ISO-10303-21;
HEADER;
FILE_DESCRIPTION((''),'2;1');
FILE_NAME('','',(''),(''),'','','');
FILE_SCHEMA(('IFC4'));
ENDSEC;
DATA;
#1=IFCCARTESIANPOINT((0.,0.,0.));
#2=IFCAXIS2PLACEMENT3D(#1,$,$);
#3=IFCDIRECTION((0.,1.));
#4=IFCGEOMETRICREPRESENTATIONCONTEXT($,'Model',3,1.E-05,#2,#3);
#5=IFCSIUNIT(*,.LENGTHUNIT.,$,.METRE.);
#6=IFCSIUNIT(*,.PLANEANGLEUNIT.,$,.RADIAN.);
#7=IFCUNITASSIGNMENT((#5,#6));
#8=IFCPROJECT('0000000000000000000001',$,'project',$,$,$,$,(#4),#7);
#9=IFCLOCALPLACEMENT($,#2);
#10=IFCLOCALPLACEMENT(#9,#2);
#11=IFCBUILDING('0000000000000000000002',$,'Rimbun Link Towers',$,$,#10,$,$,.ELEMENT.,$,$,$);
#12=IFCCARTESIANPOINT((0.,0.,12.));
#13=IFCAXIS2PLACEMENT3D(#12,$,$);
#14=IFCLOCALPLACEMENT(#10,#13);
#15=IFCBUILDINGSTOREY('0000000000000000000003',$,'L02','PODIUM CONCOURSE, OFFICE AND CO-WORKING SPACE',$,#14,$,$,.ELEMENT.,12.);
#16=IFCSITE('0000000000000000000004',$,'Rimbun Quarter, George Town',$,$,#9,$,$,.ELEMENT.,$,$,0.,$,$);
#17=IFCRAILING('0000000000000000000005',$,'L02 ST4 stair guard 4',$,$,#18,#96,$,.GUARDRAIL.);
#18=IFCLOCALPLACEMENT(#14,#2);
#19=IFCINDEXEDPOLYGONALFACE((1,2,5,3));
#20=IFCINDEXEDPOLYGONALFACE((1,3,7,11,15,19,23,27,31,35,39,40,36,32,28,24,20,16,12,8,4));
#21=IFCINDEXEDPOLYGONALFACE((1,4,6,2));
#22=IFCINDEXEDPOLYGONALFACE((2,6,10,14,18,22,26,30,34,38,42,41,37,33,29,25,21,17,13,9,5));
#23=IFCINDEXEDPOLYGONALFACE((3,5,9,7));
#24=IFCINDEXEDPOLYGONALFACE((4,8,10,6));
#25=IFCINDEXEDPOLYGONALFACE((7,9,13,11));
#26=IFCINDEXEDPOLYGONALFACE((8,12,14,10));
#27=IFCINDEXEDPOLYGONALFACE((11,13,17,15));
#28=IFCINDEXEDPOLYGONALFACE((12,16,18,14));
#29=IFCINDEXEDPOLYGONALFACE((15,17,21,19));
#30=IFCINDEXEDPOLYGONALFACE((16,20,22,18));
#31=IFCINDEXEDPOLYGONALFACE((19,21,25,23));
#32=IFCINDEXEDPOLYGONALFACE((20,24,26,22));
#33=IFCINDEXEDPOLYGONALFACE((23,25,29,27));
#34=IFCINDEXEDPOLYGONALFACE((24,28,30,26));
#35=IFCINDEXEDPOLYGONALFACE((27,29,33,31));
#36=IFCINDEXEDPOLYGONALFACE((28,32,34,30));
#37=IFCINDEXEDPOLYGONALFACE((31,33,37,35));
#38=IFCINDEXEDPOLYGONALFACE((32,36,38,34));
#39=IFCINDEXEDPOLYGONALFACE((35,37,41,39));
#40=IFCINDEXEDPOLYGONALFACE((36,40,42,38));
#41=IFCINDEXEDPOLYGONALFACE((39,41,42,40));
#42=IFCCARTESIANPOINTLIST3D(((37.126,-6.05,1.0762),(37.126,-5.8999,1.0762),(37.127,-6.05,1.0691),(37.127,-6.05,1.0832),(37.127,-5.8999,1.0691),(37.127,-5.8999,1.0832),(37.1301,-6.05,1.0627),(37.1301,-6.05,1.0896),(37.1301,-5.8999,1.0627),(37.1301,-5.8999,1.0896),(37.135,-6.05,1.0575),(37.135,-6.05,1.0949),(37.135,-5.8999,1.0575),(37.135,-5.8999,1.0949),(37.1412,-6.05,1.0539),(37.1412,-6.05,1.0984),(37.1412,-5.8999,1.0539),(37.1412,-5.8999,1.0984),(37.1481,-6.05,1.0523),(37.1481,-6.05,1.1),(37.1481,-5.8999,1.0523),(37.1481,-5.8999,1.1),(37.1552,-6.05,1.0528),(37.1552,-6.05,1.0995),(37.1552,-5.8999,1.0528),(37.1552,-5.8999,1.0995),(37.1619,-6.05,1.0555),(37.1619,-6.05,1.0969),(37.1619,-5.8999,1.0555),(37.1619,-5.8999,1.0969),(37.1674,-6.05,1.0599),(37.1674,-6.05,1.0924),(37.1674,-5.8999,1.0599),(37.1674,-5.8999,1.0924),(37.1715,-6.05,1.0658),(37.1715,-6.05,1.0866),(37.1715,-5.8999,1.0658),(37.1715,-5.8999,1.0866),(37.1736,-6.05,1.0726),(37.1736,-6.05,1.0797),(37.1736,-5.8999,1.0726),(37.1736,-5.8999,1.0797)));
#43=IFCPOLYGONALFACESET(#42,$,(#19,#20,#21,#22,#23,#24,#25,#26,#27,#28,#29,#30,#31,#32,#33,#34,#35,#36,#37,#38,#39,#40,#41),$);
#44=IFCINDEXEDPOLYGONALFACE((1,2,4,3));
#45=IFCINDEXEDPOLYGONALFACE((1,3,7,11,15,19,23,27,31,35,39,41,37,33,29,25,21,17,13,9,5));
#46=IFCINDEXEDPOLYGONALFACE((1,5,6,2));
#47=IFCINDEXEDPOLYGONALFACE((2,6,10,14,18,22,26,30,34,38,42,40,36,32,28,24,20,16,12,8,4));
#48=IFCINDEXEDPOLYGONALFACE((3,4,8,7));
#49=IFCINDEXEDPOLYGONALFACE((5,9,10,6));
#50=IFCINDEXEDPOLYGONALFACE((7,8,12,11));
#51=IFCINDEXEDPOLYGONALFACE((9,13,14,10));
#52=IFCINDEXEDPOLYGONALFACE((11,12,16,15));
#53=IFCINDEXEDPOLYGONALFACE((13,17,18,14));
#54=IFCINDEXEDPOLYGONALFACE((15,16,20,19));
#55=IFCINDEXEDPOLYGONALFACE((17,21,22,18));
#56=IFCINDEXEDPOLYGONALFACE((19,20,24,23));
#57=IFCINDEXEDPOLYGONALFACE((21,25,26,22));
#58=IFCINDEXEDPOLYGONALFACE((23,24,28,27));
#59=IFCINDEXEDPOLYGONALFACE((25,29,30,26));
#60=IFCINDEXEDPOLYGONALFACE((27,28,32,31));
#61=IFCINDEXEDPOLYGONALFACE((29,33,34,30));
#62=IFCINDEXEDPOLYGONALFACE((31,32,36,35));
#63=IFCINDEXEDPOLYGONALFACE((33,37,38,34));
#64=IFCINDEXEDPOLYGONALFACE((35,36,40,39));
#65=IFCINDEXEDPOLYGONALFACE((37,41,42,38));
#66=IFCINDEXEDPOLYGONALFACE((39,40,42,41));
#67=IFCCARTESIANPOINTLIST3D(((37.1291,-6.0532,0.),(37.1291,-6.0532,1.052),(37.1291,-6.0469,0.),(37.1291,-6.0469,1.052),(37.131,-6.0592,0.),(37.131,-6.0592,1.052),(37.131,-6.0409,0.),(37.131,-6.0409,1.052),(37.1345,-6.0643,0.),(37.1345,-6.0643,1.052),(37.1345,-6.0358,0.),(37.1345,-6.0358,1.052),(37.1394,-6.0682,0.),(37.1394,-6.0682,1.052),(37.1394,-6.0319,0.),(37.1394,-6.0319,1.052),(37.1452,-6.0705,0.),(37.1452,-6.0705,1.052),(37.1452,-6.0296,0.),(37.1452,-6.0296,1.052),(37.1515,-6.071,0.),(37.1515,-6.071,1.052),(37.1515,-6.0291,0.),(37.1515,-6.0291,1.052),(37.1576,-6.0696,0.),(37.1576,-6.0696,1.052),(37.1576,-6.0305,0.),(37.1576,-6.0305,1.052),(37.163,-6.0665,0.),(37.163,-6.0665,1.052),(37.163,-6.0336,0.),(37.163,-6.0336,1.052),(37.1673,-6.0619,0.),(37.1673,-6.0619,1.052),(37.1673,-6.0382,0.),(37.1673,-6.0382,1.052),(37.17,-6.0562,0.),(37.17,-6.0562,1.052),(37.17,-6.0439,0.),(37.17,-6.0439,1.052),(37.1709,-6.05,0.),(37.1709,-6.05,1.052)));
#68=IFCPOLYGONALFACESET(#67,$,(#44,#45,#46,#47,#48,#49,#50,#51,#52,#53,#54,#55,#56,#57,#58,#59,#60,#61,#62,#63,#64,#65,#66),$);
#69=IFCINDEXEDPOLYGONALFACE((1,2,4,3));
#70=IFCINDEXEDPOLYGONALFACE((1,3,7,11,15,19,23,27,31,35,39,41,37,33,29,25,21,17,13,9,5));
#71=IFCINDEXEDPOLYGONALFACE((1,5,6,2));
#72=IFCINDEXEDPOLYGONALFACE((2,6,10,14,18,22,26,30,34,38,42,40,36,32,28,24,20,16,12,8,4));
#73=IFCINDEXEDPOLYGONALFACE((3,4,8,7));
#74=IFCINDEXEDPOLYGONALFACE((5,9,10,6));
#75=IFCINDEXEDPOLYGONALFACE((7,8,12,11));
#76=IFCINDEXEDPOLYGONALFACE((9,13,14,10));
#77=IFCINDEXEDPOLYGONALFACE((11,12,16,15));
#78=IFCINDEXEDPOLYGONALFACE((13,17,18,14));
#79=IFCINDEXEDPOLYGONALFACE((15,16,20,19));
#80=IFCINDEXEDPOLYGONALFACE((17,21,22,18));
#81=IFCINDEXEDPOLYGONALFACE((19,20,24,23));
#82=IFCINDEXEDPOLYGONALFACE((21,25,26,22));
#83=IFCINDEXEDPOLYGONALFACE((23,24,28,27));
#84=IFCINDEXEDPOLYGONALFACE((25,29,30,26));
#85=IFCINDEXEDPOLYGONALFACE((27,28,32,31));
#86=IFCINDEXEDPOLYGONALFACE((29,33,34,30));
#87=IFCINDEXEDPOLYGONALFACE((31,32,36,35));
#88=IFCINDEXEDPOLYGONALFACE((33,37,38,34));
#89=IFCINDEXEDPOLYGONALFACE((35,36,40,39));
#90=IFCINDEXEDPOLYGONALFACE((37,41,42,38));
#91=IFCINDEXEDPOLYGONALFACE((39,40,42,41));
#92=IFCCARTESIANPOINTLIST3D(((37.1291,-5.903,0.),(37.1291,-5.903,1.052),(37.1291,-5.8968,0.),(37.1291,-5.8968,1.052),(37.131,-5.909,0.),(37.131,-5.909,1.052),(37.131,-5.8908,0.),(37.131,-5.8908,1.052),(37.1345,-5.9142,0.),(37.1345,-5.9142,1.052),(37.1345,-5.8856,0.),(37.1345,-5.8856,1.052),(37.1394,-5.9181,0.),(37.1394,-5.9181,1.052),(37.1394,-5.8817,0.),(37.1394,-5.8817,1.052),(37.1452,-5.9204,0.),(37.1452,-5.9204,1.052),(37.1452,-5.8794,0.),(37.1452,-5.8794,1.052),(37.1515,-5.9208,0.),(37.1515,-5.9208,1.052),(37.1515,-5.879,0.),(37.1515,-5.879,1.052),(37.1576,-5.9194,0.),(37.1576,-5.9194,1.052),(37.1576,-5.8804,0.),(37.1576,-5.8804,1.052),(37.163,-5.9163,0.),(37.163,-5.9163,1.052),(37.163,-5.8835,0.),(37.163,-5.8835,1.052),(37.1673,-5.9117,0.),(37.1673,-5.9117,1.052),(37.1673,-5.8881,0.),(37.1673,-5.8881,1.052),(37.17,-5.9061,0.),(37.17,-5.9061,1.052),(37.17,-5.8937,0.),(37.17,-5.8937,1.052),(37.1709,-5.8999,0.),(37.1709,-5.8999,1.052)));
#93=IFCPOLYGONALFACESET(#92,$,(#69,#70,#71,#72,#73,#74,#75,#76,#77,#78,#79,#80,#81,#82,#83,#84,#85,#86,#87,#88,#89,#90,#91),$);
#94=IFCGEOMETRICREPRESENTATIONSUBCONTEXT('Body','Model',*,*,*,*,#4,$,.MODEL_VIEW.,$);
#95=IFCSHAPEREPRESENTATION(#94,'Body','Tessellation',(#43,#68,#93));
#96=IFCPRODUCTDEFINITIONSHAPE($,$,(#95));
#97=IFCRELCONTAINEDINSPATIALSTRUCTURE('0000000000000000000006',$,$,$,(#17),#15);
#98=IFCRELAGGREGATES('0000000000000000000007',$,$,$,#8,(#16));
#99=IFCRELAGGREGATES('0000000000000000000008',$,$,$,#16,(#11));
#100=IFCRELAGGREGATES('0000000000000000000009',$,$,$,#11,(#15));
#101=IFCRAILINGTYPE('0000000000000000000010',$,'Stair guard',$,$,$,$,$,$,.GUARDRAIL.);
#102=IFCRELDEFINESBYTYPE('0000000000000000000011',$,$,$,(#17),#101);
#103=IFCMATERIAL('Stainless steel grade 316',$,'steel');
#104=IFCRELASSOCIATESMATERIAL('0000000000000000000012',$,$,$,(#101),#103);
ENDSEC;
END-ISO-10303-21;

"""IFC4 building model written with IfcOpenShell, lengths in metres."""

from ifc_helpers import new_model, si_unit, direction, frame, origin, origin_2d, place, context, subcontext, project, spatial, circle, extrude, material, type_object, element, save


model = new_model("IFC4")

# Units and contexts
model_context = context("Model", 3, precision=1e-05, world=origin(), true_north=direction((0.0, 1.0)))
body_context = subcontext(model_context, "Body", "Model", "MODEL_VIEW")
ifc_project = project(units=[si_unit("LENGTHUNIT", "METRE"), si_unit("PLANEANGLEUNIT", "RADIAN")], contexts=[model_context])

# Site, building, storey
site_placement = place(None, origin())
site = spatial("IfcSite", under=ifc_project, at=site_placement, Name="Rimbun Quarter, George Town", CompositionType="ELEMENT", RefElevation=0.0)
building_placement = place(site_placement, origin())
building = spatial("IfcBuilding", under=site, at=building_placement, Name="Rimbun Link Towers", CompositionType="ELEMENT")
storey_placement = place(building_placement, frame((0.0, 0.0, 12.0)))
storey = spatial("IfcBuildingStorey", under=building, at=storey_placement, Name="L02", Description="PODIUM CONCOURSE, OFFICE AND CO-WORKING SPACE", CompositionType="ELEMENT", Elevation=12.0)

# Railing
ifc_material_1 = material(Name="Stainless steel grade 316", Category="steel")
railing_type_1 = type_object("IfcRailingType", Name="Stair guard", PredefinedType="GUARDRAIL", material=ifc_material_1)
railing_1_placement = place(storey_placement, frame((37.1499, -6.05, 0.0)))
element("IfcRailing", 1, at=railing_1_placement, inside=storey, type_object=railing_type_1, Name="L02 ST4 stair guard 4", PredefinedType="GUARDRAIL", context=body_context, shape_type="SweptSolid", body=[
    extrude(circle(Radius=0.0239, at=origin_2d()), frame((0.0, 0.0, 1.0762), z_axis=(0.0, 1.0, 0.0), x_axis=(-1.0, 0.0, 0.0)), (0.0, 0.0, 1.0), 0.1501),
    extrude(circle(Radius=0.021, at=origin_2d()), origin(), (0.0, 0.0, 1.0), 1.052),
    extrude(circle(Radius=0.021, at=origin_2d()), frame((0.0, 0.1501, 0.0)), (0.0, 0.0, 1.0), 1.052),
])

save(model, "model.ifc")
